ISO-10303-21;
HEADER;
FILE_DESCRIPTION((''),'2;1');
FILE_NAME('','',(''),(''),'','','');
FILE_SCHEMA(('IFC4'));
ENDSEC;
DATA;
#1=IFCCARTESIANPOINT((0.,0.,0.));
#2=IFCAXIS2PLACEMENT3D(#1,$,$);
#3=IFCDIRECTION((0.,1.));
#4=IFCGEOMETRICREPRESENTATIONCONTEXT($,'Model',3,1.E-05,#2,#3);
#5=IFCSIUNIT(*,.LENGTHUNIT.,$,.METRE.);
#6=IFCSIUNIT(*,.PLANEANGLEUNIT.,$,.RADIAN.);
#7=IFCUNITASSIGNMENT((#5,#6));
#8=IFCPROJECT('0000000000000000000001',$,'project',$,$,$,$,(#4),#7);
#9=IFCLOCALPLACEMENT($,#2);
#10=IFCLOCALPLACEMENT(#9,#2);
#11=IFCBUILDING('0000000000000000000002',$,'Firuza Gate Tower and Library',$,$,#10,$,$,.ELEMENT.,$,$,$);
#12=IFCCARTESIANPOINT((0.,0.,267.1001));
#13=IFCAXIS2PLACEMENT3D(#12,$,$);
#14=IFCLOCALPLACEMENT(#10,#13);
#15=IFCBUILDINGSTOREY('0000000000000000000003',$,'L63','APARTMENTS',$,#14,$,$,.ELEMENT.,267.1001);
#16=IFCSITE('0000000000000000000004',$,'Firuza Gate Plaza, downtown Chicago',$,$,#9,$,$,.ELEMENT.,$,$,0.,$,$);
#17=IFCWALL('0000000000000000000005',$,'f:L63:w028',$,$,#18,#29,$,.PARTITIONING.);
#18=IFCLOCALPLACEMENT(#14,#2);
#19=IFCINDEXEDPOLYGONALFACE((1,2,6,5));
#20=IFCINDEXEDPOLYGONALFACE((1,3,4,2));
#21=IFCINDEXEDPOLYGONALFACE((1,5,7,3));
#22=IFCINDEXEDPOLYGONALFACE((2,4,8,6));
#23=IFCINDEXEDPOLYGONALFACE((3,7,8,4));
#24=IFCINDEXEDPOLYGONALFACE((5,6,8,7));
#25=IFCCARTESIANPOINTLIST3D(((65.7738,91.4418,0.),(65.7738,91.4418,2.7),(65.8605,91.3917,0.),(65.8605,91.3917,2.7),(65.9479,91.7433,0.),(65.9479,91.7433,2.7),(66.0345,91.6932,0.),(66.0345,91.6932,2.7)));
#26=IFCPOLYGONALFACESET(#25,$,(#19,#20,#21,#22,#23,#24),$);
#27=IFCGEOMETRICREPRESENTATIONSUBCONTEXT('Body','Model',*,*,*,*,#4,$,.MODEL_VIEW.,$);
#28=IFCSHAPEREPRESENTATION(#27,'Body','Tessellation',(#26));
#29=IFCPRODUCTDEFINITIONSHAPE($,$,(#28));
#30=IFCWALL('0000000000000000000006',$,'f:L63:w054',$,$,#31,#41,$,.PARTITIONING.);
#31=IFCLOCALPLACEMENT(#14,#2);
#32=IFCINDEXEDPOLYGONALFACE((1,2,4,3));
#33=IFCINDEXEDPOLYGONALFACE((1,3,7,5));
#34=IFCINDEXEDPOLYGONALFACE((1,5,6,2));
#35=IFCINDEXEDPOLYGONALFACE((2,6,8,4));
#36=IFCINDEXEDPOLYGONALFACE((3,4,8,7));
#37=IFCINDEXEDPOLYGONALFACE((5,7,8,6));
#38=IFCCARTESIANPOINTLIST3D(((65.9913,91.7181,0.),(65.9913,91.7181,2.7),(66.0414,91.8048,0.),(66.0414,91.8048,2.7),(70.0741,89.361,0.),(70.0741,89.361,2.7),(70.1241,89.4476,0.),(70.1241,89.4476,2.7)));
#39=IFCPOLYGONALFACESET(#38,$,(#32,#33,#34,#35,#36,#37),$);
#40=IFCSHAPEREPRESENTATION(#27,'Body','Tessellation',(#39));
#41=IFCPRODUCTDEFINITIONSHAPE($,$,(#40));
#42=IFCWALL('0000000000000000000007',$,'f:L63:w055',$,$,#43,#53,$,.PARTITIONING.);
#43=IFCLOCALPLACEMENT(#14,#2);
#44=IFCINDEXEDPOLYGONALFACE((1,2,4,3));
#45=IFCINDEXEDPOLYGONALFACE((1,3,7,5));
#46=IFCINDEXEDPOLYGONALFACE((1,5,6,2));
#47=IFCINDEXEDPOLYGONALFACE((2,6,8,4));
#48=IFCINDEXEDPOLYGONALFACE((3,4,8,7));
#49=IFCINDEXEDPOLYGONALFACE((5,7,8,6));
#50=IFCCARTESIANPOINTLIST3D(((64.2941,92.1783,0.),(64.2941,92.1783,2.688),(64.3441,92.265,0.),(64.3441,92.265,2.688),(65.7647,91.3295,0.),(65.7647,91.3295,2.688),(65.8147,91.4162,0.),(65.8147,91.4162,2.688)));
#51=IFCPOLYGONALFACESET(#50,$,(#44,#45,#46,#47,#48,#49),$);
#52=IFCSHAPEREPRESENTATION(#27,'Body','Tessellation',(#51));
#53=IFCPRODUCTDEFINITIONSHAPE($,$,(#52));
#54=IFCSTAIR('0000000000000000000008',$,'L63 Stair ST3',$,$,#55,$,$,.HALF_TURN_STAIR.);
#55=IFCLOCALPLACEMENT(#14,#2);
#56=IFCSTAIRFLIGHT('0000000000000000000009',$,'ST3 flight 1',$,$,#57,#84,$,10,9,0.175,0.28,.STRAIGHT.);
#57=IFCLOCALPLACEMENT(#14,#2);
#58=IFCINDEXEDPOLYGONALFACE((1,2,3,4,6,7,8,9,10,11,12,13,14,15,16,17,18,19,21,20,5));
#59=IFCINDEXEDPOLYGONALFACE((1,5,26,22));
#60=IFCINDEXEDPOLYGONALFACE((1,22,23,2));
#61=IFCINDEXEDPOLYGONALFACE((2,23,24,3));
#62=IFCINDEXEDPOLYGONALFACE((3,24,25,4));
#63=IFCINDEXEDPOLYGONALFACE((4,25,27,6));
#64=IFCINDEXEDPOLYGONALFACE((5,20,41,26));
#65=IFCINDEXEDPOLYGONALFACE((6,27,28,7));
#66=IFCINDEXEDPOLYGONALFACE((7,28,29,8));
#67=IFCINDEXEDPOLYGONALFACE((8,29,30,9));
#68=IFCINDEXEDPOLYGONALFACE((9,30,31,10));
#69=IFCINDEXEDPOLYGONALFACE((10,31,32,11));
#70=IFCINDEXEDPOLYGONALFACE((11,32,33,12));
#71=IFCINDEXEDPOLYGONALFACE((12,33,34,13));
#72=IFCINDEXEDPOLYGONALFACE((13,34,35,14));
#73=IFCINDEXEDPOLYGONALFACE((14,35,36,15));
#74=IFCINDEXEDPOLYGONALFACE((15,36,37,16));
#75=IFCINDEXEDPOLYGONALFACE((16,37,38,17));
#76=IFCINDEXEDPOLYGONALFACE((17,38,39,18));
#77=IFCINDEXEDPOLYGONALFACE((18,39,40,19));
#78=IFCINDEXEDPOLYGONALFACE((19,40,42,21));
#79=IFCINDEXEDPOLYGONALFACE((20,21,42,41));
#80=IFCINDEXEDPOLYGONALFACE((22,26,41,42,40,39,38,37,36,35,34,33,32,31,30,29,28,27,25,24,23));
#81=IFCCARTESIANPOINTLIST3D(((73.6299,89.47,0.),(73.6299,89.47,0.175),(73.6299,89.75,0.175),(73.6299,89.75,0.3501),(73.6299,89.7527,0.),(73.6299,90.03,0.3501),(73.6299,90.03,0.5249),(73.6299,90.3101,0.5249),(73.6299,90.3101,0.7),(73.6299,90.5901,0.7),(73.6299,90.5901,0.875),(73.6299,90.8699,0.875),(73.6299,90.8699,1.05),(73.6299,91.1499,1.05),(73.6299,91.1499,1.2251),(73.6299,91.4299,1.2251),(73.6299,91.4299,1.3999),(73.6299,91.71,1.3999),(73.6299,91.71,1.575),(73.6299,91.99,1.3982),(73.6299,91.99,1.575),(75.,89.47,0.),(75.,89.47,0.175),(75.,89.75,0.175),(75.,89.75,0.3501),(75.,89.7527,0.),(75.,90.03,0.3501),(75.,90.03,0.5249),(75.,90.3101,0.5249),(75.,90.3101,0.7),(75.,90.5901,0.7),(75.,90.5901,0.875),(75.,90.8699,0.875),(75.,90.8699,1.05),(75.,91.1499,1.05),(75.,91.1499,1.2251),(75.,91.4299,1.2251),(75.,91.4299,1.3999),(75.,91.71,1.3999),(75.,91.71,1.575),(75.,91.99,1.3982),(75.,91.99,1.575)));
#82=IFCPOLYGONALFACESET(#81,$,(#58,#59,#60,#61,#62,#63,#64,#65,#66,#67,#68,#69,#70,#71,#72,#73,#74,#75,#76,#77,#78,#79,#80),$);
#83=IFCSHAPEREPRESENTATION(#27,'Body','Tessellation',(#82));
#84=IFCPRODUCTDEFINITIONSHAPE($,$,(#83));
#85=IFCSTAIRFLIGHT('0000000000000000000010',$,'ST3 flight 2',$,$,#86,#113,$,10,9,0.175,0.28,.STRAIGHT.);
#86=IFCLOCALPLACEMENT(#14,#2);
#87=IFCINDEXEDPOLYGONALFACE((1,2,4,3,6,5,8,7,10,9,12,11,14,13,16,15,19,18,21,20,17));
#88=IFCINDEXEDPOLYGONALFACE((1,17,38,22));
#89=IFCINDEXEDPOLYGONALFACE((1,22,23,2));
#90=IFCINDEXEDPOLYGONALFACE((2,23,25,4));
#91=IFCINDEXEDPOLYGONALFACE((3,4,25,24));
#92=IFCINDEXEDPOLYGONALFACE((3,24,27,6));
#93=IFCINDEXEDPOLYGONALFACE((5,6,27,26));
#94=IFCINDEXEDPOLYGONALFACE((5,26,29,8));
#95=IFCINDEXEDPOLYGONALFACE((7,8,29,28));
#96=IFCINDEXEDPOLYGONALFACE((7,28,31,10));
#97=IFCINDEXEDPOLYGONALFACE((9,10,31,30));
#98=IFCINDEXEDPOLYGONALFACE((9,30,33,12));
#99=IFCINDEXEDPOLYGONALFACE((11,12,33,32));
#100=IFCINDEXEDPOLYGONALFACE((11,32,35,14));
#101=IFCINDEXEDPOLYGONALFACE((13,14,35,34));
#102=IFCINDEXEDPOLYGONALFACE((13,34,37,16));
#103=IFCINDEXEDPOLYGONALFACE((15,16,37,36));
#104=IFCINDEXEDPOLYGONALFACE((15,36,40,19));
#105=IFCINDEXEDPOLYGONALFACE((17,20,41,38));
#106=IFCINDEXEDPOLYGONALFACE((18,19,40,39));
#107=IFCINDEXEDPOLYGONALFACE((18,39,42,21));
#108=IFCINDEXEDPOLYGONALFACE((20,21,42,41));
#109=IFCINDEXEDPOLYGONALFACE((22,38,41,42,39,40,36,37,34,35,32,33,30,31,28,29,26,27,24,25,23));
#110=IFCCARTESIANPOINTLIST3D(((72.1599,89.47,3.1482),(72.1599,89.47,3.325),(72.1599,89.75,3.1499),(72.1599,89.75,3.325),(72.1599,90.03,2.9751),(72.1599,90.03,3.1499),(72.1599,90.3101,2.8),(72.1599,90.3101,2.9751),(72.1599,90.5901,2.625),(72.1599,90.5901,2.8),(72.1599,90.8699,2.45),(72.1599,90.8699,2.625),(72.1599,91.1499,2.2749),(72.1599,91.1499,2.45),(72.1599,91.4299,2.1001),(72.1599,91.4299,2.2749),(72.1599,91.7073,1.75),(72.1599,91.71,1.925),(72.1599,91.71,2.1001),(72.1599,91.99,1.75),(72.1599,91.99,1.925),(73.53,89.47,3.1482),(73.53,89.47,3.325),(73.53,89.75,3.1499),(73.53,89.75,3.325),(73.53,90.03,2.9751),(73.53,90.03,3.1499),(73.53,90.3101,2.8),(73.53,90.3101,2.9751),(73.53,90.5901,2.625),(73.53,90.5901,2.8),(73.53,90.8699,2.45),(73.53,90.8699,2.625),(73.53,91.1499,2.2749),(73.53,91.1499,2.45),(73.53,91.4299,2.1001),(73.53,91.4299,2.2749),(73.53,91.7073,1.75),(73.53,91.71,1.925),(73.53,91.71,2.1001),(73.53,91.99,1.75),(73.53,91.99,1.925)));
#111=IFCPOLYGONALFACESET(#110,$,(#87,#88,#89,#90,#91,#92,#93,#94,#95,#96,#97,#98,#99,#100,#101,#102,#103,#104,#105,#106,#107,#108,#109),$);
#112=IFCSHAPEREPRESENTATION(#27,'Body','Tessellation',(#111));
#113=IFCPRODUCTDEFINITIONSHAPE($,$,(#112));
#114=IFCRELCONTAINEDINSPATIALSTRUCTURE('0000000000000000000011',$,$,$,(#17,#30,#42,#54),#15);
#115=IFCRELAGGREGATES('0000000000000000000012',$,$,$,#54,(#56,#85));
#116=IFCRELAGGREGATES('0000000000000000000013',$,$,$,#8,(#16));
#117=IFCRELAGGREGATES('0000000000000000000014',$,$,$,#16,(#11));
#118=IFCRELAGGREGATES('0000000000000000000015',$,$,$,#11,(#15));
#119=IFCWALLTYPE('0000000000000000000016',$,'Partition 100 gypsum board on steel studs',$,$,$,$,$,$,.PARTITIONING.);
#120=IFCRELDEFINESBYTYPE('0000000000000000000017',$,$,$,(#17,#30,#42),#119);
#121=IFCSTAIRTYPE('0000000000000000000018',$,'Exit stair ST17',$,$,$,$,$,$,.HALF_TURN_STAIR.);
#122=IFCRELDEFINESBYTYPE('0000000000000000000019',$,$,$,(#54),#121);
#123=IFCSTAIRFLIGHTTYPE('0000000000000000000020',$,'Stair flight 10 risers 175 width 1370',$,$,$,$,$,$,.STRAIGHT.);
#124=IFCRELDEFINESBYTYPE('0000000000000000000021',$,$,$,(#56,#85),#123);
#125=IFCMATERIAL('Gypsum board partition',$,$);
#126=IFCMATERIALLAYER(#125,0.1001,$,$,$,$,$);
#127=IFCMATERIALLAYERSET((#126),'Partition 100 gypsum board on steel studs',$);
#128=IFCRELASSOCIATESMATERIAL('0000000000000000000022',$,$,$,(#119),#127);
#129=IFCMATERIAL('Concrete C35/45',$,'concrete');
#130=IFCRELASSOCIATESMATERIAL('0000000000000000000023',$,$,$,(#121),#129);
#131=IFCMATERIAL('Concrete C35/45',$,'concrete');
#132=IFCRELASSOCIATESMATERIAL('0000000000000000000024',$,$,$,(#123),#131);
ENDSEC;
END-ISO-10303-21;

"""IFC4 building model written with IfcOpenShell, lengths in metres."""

from ifc_helpers import new_model, si_unit, direction, frame, frame_2d, origin, place, context, subcontext, project, spatial, polyline, rectangle, outline, extrude, material, layer, layer_set, type_object, element, aggregate, save


model = new_model("IFC4")

# Units and contexts
model_context = context("Model", 3, precision=1e-05, world=origin(), true_north=direction((0.0, 1.0)))
body_context = subcontext(model_context, "Body", "Model", "MODEL_VIEW")
ifc_project = project(units=[si_unit("LENGTHUNIT", "METRE"), si_unit("PLANEANGLEUNIT", "RADIAN")], contexts=[model_context])

# Site, building, storey
site_placement = place(None, origin())
site = spatial("IfcSite", under=ifc_project, at=site_placement, Name="Firuza Gate Plaza, downtown Chicago", CompositionType="ELEMENT", RefElevation=0.0)
building_placement = place(site_placement, origin())
building = spatial("IfcBuilding", under=site, at=building_placement, Name="Firuza Gate Tower and Library", CompositionType="ELEMENT")
storey_placement = place(building_placement, frame((0.0, 0.0, 267.1001)))
storey = spatial("IfcBuildingStorey", under=building, at=storey_placement, Name="L63", Description="APARTMENTS", CompositionType="ELEMENT", Elevation=267.1001)

# Shared definitions
placement = place(storey_placement, origin())

# Walls
ifc_material_1 = material(Name="Gypsum board partition")
ifc_layer_1 = layer(ifc_material_1, 0.1001)
ifc_layer_set_1 = layer_set([ifc_layer_1], Name="Partition 100 gypsum board on steel studs")
wall_type_1 = type_object("IfcWallType", Name="Partition 100 gypsum board on steel studs", PredefinedType="PARTITIONING", material=ifc_layer_set_1)
wall_1_placement = place(storey_placement, frame((65.8171, 91.4167, 0.0), z_axis=(0.0, 0.0, 1.0), x_axis=(0.499985, 0.866034, 0.0)))
element("IfcWall", 1, at=wall_1_placement, inside=storey, type_object=wall_type_1, Name="f:L63:w028", PredefinedType="PARTITIONING", context=body_context, shape_type="SweptSolid", body=[
    extrude(rectangle(XDim=0.3481, YDim=0.1001, at=frame_2d((0.1741, 0.0))), origin(), (0.0, 0.0, 1.0), 2.7),
])
wall_2_placement = place(storey_placement, frame((70.0991, 89.4043, 0.0), z_axis=(0.0, 0.0, 1.0), x_axis=(-0.866026, 0.499999, 0.0)))
element("IfcWall", 2, at=wall_2_placement, inside=storey, type_object=wall_type_1, Name="f:L63:w054", PredefinedType="PARTITIONING", context=body_context, shape_type="SweptSolid", body=[
    extrude(rectangle(XDim=4.7144, YDim=0.1001, at=frame_2d((2.3572, 0.0))), origin(), (0.0, 0.0, 1.0), 2.7),
])
wall_3_placement = place(storey_placement, frame((65.7898, 91.3728, 0.0), z_axis=(0.0, 0.0, 1.0), x_axis=(-0.866085, 0.499897, 0.0)))
element("IfcWall", 3, at=wall_3_placement, inside=storey, type_object=wall_type_1, Name="f:L63:w055", PredefinedType="PARTITIONING", context=body_context, shape_type="SweptSolid", body=[
    extrude(rectangle(XDim=1.698, YDim=0.1001, at=frame_2d((0.8491, 0.0))), origin(), (0.0, 0.0, 1.0), 2.688),
])

# Stair, stair flights
ifc_material_2 = material(Name="Concrete C35/45", Category="concrete")
stair_type = type_object("IfcStairType", Name="Exit stair ST17", PredefinedType="HALF_TURN_STAIR", material=ifc_material_2)
stair = element("IfcStair", 4, at=placement, inside=storey, type_object=stair_type, Name="L63 Stair ST3", PredefinedType="HALF_TURN_STAIR")
ifc_material_3 = material(Name="Concrete C35/45", Category="concrete")
stair_flight_type = type_object("IfcStairFlightType", Name="Stair flight 10 risers 175 width 1370", PredefinedType="STRAIGHT", material=ifc_material_3)
stair_flight_1_placement = place(storey_placement, frame((74.3149, 89.47, 0.0), z_axis=(0.0, 0.0, 1.0), x_axis=(0.0, 1.0, 0.0)))
stair_flight_1 = element("IfcStairFlight", 5, at=stair_flight_1_placement, type_object=stair_flight_type, Name="ST3 flight 1", NumberOfRisers=10, NumberOfTreads=9, PredefinedType="STRAIGHT", RiserHeight=0.175, TreadLength=0.28, context=body_context, shape_type="SweptSolid", body=[
    extrude(outline(polyline([(0.0, 0.0), (0.0, 0.175), (0.28, 0.175), (0.28, 0.3501), (0.5601, 0.3501), (0.5601, 0.5249), (0.8401, 0.5249), (0.8401, 0.7), (1.1201, 0.7), (1.1201, 0.875), (1.3999, 0.875), (1.3999, 1.05), (1.6799, 1.05), (1.6799, 1.2251), (1.96, 1.2251), (1.96, 1.3999), (2.24, 1.3999), (2.24, 1.575), (2.52, 1.575), (2.52, 1.75), (2.52, 1.3982), (0.2827, 0.0), (0.0, 0.0)])), frame((0.0, 0.6851, 0.0), z_axis=(0.0, -1.0, 0.0), x_axis=(1.0, 0.0, 0.0)), (0.0, 0.0, 1.0), 1.3701),
])
stair_flight_2_placement = place(storey_placement, frame((72.845, 91.99, 1.75), z_axis=(0.0, 0.0, 1.0), x_axis=(0.0, -1.0, 0.0)))
stair_flight_2 = element("IfcStairFlight", 6, at=stair_flight_2_placement, type_object=stair_flight_type, Name="ST3 flight 2", NumberOfRisers=10, NumberOfTreads=9, PredefinedType="STRAIGHT", RiserHeight=0.175, TreadLength=0.28, context=body_context, shape_type="SweptSolid", body=[
    extrude(outline(polyline([(0.0, 0.0), (0.0, 0.175), (0.28, 0.175), (0.28, 0.3501), (0.5601, 0.3501), (0.5601, 0.5249), (0.8401, 0.5249), (0.8401, 0.7), (1.1201, 0.7), (1.1201, 0.875), (1.3999, 0.875), (1.3999, 1.05), (1.6799, 1.05), (1.6799, 1.2251), (1.96, 1.2251), (1.96, 1.3999), (2.24, 1.3999), (2.24, 1.575), (2.52, 1.575), (2.52, 1.75), (2.52, 1.3982), (0.2827, 0.0), (0.0, 0.0)])), frame((0.0, 0.6851, 0.0), z_axis=(0.0, -1.0, 0.0), x_axis=(1.0, 0.0, 0.0)), (0.0, 0.0, 1.0), 1.3701),
])
aggregate(stair, [stair_flight_1, stair_flight_2])

save(model, "model.ifc")
